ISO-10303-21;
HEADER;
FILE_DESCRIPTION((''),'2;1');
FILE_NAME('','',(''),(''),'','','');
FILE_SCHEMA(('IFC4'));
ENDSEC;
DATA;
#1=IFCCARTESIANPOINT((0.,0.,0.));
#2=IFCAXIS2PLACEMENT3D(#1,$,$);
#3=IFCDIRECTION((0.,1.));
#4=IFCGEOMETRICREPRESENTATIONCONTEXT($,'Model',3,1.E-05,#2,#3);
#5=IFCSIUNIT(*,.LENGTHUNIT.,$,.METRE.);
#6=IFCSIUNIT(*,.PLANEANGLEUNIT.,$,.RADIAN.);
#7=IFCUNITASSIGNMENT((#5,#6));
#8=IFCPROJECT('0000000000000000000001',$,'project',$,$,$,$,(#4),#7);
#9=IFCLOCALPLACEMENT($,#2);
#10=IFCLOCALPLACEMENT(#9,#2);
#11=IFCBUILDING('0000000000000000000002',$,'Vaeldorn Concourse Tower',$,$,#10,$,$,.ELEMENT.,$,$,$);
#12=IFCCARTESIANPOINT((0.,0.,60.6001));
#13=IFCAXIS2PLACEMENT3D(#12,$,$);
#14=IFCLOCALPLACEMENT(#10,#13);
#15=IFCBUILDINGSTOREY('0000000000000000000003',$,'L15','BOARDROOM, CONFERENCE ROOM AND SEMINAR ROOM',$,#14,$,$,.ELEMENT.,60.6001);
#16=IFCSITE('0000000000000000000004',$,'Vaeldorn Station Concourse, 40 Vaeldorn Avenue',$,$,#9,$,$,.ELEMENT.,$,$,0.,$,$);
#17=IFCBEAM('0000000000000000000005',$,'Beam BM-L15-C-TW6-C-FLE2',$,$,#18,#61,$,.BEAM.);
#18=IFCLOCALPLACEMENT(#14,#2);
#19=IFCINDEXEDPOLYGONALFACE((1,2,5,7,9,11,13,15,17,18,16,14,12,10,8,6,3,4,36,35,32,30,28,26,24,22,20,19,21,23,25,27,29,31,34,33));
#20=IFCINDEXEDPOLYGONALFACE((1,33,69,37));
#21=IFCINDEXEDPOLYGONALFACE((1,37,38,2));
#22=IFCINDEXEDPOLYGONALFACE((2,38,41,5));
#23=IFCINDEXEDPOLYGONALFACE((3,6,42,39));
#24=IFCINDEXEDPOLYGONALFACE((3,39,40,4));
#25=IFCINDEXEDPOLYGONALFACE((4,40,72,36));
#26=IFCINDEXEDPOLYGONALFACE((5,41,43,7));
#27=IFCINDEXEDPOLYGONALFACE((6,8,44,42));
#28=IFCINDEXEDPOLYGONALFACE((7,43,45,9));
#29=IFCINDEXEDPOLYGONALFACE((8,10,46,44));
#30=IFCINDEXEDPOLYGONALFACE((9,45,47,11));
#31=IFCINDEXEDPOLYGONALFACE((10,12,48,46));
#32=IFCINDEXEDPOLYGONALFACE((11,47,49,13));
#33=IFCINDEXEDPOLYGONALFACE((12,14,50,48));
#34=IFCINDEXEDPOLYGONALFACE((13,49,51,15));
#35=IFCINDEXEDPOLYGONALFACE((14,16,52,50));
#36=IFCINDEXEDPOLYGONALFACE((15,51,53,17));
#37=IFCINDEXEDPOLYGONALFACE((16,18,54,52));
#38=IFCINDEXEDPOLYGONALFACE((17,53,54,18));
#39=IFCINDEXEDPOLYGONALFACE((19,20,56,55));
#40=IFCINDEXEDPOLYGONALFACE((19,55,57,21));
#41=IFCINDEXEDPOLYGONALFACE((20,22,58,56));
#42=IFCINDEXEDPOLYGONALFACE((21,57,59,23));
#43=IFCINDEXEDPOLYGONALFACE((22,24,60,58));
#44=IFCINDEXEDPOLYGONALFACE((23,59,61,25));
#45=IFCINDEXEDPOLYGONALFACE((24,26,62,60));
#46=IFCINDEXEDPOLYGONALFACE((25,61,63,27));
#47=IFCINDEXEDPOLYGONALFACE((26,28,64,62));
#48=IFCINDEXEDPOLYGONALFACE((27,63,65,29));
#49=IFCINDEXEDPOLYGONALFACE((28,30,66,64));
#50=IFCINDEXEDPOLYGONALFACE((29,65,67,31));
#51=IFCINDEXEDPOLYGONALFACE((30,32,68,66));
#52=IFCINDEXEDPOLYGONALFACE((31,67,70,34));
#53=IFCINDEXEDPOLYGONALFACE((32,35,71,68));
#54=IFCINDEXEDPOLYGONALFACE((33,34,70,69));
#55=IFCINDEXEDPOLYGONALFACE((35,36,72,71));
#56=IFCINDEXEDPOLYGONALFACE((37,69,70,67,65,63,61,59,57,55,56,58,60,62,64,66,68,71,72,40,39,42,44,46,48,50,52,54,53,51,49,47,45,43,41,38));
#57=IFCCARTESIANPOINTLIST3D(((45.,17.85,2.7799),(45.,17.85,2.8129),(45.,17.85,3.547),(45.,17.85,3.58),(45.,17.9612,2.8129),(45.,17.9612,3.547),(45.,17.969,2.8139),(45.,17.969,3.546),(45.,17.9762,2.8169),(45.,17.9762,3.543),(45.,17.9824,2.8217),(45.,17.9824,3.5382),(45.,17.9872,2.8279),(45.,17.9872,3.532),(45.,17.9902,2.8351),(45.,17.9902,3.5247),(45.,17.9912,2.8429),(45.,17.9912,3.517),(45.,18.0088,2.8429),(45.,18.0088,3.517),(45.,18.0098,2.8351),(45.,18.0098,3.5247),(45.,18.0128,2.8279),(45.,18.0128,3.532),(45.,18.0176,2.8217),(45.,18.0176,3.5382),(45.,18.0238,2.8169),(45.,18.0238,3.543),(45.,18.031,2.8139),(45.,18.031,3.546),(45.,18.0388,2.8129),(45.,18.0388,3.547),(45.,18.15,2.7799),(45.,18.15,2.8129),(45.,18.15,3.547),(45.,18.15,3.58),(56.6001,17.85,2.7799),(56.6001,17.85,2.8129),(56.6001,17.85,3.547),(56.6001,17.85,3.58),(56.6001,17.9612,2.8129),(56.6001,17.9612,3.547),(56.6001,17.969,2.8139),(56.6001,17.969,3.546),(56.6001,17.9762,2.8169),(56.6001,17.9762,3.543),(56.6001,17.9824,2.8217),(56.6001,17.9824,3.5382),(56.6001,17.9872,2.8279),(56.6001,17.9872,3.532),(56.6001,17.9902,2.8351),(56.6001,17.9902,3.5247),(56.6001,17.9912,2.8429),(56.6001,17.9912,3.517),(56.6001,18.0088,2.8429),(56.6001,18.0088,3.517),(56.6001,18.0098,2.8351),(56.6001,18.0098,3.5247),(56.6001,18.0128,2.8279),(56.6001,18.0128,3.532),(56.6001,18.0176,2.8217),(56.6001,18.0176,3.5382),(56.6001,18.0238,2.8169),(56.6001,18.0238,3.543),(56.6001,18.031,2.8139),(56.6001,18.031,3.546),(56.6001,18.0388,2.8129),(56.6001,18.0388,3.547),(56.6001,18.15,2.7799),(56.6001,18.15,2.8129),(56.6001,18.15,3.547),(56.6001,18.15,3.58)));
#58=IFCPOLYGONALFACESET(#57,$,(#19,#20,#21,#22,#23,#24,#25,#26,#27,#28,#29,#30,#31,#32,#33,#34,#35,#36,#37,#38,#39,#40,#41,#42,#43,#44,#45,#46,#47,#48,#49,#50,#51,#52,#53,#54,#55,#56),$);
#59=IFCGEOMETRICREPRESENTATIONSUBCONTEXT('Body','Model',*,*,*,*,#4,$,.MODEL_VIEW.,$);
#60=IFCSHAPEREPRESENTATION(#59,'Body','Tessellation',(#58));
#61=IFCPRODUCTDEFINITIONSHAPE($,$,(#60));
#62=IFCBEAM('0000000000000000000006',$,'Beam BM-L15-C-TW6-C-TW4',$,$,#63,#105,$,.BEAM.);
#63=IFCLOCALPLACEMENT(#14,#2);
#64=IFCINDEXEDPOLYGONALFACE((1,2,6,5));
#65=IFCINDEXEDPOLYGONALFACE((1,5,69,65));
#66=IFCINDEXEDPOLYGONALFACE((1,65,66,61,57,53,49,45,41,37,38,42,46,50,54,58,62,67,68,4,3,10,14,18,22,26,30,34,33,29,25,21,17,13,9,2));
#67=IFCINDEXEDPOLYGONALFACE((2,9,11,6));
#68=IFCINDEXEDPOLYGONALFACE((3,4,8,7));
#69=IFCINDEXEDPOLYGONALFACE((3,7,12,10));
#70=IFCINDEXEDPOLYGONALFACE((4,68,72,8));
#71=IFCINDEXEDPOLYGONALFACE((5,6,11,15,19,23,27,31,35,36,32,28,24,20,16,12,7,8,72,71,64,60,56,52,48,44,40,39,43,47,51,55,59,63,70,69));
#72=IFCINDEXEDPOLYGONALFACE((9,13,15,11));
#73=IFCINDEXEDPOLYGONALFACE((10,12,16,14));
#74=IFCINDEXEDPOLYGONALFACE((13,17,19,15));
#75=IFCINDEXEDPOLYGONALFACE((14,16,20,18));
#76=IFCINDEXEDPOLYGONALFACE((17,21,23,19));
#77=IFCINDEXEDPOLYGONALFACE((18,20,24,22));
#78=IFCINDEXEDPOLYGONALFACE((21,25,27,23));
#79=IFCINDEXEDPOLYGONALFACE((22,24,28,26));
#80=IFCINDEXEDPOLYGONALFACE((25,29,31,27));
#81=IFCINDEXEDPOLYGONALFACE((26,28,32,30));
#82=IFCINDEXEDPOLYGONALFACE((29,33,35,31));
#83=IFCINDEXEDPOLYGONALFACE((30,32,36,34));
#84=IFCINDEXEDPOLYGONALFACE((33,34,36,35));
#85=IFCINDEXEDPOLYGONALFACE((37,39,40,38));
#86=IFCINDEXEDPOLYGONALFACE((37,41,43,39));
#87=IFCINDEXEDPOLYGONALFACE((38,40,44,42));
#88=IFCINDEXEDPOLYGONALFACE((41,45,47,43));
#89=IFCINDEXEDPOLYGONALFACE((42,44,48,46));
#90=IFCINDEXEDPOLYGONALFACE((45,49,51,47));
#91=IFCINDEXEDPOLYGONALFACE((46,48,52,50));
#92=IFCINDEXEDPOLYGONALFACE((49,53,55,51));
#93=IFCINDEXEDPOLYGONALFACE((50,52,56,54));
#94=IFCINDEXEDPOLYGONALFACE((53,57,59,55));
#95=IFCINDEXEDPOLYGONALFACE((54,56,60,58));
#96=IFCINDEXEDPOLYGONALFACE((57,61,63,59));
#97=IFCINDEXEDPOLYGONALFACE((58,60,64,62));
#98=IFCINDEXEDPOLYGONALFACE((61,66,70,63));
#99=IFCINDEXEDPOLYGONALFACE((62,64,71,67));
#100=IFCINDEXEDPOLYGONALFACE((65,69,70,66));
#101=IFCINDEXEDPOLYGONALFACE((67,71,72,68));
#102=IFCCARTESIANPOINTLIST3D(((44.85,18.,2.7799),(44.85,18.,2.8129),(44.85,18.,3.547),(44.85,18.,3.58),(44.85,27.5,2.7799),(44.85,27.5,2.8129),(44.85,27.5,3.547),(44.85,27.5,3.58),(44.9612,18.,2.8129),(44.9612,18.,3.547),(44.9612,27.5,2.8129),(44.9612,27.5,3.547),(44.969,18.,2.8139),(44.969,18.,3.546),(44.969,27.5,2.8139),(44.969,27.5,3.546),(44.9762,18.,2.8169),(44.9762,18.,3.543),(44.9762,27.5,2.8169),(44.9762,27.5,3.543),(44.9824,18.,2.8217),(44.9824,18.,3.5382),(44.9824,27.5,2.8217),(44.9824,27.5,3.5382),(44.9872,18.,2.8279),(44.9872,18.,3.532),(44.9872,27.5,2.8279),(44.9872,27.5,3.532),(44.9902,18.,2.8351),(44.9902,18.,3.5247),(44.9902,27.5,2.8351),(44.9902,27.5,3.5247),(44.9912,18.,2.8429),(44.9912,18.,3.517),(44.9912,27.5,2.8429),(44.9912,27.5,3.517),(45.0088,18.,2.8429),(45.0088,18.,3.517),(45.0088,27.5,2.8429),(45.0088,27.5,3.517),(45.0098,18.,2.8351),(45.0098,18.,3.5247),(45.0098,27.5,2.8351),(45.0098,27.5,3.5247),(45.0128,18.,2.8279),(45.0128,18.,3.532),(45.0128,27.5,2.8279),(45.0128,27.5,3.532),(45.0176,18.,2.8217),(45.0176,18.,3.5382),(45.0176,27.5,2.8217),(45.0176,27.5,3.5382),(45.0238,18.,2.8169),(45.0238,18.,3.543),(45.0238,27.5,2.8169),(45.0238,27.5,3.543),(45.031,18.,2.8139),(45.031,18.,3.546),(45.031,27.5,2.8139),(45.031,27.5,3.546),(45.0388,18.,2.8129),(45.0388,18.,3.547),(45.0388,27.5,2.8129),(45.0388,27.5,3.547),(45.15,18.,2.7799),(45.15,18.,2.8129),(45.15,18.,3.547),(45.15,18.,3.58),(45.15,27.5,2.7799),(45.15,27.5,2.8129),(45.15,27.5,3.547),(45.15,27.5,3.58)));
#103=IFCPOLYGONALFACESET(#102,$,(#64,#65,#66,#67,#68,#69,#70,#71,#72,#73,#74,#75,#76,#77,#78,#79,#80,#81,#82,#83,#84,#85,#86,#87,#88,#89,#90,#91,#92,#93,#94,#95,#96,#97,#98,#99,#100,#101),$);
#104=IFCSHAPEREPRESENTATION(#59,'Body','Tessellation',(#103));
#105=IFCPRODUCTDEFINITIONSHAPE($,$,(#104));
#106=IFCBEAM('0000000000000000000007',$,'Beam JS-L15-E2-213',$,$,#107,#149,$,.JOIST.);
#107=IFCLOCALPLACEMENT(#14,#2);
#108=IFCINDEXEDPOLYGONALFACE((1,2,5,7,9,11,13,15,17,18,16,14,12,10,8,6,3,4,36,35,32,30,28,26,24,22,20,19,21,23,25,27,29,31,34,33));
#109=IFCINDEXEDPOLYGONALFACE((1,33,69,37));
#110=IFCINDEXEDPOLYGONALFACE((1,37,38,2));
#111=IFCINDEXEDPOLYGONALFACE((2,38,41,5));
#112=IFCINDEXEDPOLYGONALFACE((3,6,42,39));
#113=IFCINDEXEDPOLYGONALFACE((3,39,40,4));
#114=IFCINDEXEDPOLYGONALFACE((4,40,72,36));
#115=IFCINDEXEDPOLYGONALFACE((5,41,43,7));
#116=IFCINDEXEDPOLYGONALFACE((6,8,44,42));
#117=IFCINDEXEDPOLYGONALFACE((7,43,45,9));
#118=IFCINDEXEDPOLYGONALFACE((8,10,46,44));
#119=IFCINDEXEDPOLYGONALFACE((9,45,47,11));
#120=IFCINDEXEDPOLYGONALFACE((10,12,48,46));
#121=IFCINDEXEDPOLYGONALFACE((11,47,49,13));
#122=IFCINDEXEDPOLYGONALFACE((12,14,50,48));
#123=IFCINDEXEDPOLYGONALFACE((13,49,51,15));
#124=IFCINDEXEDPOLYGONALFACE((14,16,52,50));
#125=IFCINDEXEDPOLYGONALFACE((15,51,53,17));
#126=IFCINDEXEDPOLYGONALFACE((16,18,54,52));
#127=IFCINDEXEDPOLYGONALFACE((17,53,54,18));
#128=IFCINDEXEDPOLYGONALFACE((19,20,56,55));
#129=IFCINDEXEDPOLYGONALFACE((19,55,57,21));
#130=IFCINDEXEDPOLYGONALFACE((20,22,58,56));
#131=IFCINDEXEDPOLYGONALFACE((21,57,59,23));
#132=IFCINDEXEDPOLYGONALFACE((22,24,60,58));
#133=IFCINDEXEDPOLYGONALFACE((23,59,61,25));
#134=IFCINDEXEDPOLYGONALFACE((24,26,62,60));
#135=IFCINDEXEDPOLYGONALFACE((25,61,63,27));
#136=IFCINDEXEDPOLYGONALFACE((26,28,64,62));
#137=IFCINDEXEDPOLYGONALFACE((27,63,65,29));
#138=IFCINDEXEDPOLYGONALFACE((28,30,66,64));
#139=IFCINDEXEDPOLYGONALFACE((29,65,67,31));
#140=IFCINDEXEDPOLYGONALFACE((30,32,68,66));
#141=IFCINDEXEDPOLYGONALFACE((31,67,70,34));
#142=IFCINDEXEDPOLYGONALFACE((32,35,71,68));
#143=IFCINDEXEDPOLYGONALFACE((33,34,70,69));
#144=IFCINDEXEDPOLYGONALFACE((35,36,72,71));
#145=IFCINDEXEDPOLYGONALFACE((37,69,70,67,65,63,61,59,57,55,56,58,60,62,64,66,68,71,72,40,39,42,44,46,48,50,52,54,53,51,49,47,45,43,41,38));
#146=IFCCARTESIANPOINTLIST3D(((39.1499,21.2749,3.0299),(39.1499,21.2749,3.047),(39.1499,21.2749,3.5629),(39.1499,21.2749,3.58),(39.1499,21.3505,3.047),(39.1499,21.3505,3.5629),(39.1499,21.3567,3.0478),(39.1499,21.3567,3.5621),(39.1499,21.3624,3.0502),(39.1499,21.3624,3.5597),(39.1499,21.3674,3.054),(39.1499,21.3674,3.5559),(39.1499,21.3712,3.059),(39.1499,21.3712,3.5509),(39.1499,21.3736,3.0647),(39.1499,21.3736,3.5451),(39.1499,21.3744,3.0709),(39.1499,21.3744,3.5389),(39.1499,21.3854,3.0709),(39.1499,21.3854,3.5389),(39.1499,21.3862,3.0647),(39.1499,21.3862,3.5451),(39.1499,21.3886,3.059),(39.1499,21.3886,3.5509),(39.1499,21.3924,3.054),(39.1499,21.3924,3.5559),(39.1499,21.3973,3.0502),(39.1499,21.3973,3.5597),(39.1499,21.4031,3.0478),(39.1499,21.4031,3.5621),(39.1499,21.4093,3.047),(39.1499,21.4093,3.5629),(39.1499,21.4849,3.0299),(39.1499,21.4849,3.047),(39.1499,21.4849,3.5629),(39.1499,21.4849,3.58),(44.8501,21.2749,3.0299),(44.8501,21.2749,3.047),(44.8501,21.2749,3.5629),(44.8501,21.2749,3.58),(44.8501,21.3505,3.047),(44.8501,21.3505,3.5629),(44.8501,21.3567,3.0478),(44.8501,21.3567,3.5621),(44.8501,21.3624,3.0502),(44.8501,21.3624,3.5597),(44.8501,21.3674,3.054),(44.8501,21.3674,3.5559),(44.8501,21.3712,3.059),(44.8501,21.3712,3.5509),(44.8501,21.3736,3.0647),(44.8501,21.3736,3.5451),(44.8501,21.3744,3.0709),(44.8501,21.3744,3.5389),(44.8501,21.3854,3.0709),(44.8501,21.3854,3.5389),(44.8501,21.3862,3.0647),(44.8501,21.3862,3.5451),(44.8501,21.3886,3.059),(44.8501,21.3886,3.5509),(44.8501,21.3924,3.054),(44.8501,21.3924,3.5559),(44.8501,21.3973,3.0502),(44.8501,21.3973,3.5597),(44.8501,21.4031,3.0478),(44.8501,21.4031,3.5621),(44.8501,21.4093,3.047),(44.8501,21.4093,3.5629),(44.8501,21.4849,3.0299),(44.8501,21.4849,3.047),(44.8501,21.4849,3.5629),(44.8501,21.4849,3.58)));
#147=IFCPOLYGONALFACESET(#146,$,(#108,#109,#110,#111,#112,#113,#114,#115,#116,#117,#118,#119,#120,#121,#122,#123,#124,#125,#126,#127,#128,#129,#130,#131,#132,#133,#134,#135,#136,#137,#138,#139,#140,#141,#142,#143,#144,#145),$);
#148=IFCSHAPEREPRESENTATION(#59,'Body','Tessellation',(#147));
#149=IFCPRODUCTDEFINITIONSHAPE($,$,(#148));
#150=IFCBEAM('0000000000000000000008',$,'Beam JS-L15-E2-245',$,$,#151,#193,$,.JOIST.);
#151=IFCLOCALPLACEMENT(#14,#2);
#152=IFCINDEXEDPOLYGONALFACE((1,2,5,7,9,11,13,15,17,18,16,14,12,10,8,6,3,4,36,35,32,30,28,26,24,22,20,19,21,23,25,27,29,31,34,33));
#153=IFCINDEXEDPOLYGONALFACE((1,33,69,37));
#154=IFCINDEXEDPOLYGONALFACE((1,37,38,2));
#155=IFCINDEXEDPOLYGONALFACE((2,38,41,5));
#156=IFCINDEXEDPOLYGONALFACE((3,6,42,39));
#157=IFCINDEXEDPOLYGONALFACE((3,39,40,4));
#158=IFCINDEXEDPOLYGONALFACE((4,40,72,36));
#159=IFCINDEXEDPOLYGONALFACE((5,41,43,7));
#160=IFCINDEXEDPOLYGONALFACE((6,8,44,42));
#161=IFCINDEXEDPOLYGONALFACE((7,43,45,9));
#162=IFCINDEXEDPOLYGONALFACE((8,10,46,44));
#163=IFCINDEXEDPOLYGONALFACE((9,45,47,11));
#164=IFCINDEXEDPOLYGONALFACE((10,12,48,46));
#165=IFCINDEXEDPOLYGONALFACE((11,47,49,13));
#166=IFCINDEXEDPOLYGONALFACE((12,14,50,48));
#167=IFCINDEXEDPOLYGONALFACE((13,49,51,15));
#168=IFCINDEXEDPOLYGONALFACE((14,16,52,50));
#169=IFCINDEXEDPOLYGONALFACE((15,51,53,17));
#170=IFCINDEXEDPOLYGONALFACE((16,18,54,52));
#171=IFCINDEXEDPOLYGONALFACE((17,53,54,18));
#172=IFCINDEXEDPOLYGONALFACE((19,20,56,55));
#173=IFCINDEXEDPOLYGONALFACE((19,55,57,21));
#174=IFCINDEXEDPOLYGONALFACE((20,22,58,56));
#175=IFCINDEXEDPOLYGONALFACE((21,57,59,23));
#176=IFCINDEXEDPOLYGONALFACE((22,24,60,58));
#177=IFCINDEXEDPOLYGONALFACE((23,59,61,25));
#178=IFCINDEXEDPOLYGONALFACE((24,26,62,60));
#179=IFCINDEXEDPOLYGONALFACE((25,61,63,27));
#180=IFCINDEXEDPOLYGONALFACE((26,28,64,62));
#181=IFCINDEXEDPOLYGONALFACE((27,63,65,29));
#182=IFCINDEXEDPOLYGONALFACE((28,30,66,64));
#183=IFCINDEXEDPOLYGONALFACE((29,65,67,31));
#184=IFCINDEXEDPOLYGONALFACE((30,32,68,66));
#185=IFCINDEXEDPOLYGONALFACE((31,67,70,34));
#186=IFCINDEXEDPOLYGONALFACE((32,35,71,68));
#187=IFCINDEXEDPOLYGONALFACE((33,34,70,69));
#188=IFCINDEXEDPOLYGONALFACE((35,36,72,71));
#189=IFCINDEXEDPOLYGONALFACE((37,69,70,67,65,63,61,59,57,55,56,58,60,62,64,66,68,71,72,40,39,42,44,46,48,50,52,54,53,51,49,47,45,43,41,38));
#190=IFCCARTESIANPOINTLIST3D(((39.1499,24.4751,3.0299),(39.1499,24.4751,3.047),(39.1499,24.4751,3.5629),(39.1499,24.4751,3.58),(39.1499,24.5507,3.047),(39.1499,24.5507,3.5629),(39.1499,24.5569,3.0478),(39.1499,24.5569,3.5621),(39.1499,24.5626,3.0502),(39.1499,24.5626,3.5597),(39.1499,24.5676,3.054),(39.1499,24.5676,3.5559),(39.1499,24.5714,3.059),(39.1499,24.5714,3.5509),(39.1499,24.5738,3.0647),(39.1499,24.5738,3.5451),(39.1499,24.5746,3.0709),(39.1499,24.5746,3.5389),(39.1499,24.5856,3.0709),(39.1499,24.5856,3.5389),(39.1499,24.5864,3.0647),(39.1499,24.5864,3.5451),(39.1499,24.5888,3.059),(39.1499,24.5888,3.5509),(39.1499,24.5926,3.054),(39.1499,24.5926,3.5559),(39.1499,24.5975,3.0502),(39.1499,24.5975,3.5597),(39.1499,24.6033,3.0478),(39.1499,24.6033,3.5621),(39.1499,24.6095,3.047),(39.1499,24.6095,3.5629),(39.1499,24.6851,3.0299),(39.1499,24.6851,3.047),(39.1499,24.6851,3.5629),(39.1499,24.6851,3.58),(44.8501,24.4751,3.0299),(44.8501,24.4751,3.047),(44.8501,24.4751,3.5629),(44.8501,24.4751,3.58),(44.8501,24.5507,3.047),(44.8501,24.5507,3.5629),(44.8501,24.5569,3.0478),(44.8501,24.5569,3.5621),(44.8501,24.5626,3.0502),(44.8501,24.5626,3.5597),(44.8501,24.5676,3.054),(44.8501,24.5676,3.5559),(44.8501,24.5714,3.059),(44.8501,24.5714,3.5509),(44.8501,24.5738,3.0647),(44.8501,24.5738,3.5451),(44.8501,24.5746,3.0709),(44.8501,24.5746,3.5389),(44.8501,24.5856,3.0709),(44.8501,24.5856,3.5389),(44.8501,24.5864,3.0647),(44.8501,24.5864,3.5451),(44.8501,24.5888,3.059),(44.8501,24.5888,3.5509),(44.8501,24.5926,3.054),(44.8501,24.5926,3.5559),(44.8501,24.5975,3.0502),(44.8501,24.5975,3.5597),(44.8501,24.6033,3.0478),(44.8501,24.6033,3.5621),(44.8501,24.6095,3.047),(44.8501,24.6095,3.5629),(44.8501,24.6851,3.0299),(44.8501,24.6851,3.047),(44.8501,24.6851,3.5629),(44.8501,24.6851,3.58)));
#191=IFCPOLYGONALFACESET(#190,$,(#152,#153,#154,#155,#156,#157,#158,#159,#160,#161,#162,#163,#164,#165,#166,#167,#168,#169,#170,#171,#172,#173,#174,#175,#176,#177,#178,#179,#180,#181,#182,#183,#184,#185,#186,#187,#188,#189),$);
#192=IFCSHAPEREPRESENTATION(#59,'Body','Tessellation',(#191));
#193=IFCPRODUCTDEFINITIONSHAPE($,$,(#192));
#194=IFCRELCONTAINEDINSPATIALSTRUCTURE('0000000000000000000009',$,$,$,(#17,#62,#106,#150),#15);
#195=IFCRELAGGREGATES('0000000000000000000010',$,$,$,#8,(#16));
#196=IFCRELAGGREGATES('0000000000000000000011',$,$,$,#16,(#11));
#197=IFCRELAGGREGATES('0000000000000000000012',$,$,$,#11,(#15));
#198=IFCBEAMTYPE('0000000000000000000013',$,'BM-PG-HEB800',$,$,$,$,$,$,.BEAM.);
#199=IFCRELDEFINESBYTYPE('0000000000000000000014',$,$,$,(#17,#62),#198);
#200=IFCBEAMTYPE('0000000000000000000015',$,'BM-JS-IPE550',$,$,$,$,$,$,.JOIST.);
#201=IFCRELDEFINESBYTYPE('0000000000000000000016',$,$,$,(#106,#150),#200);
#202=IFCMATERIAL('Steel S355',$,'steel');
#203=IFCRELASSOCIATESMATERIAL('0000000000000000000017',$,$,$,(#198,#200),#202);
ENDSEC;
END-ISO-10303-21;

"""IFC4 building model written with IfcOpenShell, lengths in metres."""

from ifc_helpers import new_model, si_unit, direction, frame, origin, origin_2d, place, context, subcontext, project, spatial, i_section, extrude, source, transform, mapped, material, material_profile, profile_set, type_object, element, save


model = new_model("IFC4")

# Units and contexts
model_context = context("Model", 3, precision=1e-05, world=origin(), true_north=direction((0.0, 1.0)))
body_context = subcontext(model_context, "Body", "Model", "MODEL_VIEW")
ifc_project = project(units=[si_unit("LENGTHUNIT", "METRE"), si_unit("PLANEANGLEUNIT", "RADIAN")], contexts=[model_context])

# Site, building, storey
site_placement = place(None, origin())
site = spatial("IfcSite", under=ifc_project, at=site_placement, Name="Vaeldorn Station Concourse, 40 Vaeldorn Avenue", CompositionType="ELEMENT", RefElevation=0.0)
building_placement = place(site_placement, origin())
building = spatial("IfcBuilding", under=site, at=building_placement, Name="Vaeldorn Concourse Tower", CompositionType="ELEMENT")
storey_placement = place(building_placement, frame((0.0, 0.0, 60.6001)))
storey = spatial("IfcBuildingStorey", under=building, at=storey_placement, Name="L15", Description="BOARDROOM, CONFERENCE ROOM AND SEMINAR ROOM", CompositionType="ELEMENT", Elevation=60.6001)

# Beams
ifc_material_1 = material(Name="Steel S355", Category="steel")
ifc_material_profile_1 = material_profile(ifc_material_1, i_section(OverallWidth=0.3, OverallDepth=0.8, WebThickness=0.0176, FlangeThickness=0.033, FilletRadius=0.03, at=origin_2d()), Name="HEB 800")
ifc_profile_set_1 = profile_set([ifc_material_profile_1], Name="Steel S355")
beam_type_1 = type_object("IfcBeamType", Name="BM-PG-HEB800", PredefinedType="BEAM", material=ifc_profile_set_1)
shared_shape_1 = source(origin(), body_context, "Body", "SweptSolid", [
    extrude(i_section(OverallWidth=0.3, OverallDepth=0.8, WebThickness=0.0176, FlangeThickness=0.033, FilletRadius=0.03, at=origin_2d()), origin(), (0.0, 0.0, 1.0), 11.6001),
])
beam_1_placement = place(storey_placement, frame((45.0, 18.0, 3.1799), z_axis=(1.0, 0.0, 0.0), x_axis=(0.0, 1.0, 0.0)))
element("IfcBeam", 1, at=beam_1_placement, inside=storey, type_object=beam_type_1, Name="Beam BM-L15-C-TW6-C-FLE2", PredefinedType="BEAM", context=body_context, shape_type="MappedRepresentation", body=[
    mapped(shared_shape_1, transform((0.0, 0.0, 0.0), scale=1.0)),
])
shared_shape_2 = source(origin(), body_context, "Body", "SweptSolid", [
    extrude(i_section(OverallWidth=0.3, OverallDepth=0.8, WebThickness=0.0176, FlangeThickness=0.033, FilletRadius=0.03, at=origin_2d()), origin(), (0.0, 0.0, 1.0), 9.5),
])
beam_2_placement = place(storey_placement, frame((45.0, 18.0, 3.1799), z_axis=(0.0, 1.0, 0.0), x_axis=(-1.0, 0.0, 0.0)))
element("IfcBeam", 2, at=beam_2_placement, inside=storey, type_object=beam_type_1, Name="Beam BM-L15-C-TW6-C-TW4", PredefinedType="BEAM", context=body_context, shape_type="MappedRepresentation", body=[
    mapped(shared_shape_2, transform((0.0, 0.0, 0.0), scale=1.0)),
])
ifc_material_profile_2 = material_profile(ifc_material_1, i_section(OverallWidth=0.21, OverallDepth=0.55, WebThickness=0.011, FlangeThickness=0.0171, FilletRadius=0.0239, at=origin_2d()), Name="IPE 550")
ifc_profile_set_2 = profile_set([ifc_material_profile_2], Name="Steel S355")
beam_type_2 = type_object("IfcBeamType", Name="BM-JS-IPE550", PredefinedType="JOIST", material=ifc_profile_set_2)
shared_shape_3 = source(origin(), body_context, "Body", "SweptSolid", [
    extrude(i_section(OverallWidth=0.21, OverallDepth=0.55, WebThickness=0.011, FlangeThickness=0.0171, FilletRadius=0.0239, at=origin_2d()), origin(), (0.0, 0.0, 1.0), 5.7002),
])
for number, where, z_axis, x_axis, name in (
    (3, (39.1499, 21.3799, 3.3049), (1.0, 0.0, 0.0), (0.0, 1.0, 0.0), "Beam JS-L15-E2-213"),
    (4, (39.1499, 24.5801, 3.3049), (1.0, 0.0, 0.0), (0.0, 1.0, 0.0), "Beam JS-L15-E2-245"),
):
    element("IfcBeam", number, at=place(storey_placement, frame(where, z_axis=z_axis, x_axis=x_axis)), inside=storey, type_object=beam_type_2, Name=name, PredefinedType="JOIST", context=body_context, shape_type="MappedRepresentation", body=[
        mapped(shared_shape_3, transform((0.0, 0.0, 0.0), scale=1.0)),
    ])

save(model, "model.ifc")
